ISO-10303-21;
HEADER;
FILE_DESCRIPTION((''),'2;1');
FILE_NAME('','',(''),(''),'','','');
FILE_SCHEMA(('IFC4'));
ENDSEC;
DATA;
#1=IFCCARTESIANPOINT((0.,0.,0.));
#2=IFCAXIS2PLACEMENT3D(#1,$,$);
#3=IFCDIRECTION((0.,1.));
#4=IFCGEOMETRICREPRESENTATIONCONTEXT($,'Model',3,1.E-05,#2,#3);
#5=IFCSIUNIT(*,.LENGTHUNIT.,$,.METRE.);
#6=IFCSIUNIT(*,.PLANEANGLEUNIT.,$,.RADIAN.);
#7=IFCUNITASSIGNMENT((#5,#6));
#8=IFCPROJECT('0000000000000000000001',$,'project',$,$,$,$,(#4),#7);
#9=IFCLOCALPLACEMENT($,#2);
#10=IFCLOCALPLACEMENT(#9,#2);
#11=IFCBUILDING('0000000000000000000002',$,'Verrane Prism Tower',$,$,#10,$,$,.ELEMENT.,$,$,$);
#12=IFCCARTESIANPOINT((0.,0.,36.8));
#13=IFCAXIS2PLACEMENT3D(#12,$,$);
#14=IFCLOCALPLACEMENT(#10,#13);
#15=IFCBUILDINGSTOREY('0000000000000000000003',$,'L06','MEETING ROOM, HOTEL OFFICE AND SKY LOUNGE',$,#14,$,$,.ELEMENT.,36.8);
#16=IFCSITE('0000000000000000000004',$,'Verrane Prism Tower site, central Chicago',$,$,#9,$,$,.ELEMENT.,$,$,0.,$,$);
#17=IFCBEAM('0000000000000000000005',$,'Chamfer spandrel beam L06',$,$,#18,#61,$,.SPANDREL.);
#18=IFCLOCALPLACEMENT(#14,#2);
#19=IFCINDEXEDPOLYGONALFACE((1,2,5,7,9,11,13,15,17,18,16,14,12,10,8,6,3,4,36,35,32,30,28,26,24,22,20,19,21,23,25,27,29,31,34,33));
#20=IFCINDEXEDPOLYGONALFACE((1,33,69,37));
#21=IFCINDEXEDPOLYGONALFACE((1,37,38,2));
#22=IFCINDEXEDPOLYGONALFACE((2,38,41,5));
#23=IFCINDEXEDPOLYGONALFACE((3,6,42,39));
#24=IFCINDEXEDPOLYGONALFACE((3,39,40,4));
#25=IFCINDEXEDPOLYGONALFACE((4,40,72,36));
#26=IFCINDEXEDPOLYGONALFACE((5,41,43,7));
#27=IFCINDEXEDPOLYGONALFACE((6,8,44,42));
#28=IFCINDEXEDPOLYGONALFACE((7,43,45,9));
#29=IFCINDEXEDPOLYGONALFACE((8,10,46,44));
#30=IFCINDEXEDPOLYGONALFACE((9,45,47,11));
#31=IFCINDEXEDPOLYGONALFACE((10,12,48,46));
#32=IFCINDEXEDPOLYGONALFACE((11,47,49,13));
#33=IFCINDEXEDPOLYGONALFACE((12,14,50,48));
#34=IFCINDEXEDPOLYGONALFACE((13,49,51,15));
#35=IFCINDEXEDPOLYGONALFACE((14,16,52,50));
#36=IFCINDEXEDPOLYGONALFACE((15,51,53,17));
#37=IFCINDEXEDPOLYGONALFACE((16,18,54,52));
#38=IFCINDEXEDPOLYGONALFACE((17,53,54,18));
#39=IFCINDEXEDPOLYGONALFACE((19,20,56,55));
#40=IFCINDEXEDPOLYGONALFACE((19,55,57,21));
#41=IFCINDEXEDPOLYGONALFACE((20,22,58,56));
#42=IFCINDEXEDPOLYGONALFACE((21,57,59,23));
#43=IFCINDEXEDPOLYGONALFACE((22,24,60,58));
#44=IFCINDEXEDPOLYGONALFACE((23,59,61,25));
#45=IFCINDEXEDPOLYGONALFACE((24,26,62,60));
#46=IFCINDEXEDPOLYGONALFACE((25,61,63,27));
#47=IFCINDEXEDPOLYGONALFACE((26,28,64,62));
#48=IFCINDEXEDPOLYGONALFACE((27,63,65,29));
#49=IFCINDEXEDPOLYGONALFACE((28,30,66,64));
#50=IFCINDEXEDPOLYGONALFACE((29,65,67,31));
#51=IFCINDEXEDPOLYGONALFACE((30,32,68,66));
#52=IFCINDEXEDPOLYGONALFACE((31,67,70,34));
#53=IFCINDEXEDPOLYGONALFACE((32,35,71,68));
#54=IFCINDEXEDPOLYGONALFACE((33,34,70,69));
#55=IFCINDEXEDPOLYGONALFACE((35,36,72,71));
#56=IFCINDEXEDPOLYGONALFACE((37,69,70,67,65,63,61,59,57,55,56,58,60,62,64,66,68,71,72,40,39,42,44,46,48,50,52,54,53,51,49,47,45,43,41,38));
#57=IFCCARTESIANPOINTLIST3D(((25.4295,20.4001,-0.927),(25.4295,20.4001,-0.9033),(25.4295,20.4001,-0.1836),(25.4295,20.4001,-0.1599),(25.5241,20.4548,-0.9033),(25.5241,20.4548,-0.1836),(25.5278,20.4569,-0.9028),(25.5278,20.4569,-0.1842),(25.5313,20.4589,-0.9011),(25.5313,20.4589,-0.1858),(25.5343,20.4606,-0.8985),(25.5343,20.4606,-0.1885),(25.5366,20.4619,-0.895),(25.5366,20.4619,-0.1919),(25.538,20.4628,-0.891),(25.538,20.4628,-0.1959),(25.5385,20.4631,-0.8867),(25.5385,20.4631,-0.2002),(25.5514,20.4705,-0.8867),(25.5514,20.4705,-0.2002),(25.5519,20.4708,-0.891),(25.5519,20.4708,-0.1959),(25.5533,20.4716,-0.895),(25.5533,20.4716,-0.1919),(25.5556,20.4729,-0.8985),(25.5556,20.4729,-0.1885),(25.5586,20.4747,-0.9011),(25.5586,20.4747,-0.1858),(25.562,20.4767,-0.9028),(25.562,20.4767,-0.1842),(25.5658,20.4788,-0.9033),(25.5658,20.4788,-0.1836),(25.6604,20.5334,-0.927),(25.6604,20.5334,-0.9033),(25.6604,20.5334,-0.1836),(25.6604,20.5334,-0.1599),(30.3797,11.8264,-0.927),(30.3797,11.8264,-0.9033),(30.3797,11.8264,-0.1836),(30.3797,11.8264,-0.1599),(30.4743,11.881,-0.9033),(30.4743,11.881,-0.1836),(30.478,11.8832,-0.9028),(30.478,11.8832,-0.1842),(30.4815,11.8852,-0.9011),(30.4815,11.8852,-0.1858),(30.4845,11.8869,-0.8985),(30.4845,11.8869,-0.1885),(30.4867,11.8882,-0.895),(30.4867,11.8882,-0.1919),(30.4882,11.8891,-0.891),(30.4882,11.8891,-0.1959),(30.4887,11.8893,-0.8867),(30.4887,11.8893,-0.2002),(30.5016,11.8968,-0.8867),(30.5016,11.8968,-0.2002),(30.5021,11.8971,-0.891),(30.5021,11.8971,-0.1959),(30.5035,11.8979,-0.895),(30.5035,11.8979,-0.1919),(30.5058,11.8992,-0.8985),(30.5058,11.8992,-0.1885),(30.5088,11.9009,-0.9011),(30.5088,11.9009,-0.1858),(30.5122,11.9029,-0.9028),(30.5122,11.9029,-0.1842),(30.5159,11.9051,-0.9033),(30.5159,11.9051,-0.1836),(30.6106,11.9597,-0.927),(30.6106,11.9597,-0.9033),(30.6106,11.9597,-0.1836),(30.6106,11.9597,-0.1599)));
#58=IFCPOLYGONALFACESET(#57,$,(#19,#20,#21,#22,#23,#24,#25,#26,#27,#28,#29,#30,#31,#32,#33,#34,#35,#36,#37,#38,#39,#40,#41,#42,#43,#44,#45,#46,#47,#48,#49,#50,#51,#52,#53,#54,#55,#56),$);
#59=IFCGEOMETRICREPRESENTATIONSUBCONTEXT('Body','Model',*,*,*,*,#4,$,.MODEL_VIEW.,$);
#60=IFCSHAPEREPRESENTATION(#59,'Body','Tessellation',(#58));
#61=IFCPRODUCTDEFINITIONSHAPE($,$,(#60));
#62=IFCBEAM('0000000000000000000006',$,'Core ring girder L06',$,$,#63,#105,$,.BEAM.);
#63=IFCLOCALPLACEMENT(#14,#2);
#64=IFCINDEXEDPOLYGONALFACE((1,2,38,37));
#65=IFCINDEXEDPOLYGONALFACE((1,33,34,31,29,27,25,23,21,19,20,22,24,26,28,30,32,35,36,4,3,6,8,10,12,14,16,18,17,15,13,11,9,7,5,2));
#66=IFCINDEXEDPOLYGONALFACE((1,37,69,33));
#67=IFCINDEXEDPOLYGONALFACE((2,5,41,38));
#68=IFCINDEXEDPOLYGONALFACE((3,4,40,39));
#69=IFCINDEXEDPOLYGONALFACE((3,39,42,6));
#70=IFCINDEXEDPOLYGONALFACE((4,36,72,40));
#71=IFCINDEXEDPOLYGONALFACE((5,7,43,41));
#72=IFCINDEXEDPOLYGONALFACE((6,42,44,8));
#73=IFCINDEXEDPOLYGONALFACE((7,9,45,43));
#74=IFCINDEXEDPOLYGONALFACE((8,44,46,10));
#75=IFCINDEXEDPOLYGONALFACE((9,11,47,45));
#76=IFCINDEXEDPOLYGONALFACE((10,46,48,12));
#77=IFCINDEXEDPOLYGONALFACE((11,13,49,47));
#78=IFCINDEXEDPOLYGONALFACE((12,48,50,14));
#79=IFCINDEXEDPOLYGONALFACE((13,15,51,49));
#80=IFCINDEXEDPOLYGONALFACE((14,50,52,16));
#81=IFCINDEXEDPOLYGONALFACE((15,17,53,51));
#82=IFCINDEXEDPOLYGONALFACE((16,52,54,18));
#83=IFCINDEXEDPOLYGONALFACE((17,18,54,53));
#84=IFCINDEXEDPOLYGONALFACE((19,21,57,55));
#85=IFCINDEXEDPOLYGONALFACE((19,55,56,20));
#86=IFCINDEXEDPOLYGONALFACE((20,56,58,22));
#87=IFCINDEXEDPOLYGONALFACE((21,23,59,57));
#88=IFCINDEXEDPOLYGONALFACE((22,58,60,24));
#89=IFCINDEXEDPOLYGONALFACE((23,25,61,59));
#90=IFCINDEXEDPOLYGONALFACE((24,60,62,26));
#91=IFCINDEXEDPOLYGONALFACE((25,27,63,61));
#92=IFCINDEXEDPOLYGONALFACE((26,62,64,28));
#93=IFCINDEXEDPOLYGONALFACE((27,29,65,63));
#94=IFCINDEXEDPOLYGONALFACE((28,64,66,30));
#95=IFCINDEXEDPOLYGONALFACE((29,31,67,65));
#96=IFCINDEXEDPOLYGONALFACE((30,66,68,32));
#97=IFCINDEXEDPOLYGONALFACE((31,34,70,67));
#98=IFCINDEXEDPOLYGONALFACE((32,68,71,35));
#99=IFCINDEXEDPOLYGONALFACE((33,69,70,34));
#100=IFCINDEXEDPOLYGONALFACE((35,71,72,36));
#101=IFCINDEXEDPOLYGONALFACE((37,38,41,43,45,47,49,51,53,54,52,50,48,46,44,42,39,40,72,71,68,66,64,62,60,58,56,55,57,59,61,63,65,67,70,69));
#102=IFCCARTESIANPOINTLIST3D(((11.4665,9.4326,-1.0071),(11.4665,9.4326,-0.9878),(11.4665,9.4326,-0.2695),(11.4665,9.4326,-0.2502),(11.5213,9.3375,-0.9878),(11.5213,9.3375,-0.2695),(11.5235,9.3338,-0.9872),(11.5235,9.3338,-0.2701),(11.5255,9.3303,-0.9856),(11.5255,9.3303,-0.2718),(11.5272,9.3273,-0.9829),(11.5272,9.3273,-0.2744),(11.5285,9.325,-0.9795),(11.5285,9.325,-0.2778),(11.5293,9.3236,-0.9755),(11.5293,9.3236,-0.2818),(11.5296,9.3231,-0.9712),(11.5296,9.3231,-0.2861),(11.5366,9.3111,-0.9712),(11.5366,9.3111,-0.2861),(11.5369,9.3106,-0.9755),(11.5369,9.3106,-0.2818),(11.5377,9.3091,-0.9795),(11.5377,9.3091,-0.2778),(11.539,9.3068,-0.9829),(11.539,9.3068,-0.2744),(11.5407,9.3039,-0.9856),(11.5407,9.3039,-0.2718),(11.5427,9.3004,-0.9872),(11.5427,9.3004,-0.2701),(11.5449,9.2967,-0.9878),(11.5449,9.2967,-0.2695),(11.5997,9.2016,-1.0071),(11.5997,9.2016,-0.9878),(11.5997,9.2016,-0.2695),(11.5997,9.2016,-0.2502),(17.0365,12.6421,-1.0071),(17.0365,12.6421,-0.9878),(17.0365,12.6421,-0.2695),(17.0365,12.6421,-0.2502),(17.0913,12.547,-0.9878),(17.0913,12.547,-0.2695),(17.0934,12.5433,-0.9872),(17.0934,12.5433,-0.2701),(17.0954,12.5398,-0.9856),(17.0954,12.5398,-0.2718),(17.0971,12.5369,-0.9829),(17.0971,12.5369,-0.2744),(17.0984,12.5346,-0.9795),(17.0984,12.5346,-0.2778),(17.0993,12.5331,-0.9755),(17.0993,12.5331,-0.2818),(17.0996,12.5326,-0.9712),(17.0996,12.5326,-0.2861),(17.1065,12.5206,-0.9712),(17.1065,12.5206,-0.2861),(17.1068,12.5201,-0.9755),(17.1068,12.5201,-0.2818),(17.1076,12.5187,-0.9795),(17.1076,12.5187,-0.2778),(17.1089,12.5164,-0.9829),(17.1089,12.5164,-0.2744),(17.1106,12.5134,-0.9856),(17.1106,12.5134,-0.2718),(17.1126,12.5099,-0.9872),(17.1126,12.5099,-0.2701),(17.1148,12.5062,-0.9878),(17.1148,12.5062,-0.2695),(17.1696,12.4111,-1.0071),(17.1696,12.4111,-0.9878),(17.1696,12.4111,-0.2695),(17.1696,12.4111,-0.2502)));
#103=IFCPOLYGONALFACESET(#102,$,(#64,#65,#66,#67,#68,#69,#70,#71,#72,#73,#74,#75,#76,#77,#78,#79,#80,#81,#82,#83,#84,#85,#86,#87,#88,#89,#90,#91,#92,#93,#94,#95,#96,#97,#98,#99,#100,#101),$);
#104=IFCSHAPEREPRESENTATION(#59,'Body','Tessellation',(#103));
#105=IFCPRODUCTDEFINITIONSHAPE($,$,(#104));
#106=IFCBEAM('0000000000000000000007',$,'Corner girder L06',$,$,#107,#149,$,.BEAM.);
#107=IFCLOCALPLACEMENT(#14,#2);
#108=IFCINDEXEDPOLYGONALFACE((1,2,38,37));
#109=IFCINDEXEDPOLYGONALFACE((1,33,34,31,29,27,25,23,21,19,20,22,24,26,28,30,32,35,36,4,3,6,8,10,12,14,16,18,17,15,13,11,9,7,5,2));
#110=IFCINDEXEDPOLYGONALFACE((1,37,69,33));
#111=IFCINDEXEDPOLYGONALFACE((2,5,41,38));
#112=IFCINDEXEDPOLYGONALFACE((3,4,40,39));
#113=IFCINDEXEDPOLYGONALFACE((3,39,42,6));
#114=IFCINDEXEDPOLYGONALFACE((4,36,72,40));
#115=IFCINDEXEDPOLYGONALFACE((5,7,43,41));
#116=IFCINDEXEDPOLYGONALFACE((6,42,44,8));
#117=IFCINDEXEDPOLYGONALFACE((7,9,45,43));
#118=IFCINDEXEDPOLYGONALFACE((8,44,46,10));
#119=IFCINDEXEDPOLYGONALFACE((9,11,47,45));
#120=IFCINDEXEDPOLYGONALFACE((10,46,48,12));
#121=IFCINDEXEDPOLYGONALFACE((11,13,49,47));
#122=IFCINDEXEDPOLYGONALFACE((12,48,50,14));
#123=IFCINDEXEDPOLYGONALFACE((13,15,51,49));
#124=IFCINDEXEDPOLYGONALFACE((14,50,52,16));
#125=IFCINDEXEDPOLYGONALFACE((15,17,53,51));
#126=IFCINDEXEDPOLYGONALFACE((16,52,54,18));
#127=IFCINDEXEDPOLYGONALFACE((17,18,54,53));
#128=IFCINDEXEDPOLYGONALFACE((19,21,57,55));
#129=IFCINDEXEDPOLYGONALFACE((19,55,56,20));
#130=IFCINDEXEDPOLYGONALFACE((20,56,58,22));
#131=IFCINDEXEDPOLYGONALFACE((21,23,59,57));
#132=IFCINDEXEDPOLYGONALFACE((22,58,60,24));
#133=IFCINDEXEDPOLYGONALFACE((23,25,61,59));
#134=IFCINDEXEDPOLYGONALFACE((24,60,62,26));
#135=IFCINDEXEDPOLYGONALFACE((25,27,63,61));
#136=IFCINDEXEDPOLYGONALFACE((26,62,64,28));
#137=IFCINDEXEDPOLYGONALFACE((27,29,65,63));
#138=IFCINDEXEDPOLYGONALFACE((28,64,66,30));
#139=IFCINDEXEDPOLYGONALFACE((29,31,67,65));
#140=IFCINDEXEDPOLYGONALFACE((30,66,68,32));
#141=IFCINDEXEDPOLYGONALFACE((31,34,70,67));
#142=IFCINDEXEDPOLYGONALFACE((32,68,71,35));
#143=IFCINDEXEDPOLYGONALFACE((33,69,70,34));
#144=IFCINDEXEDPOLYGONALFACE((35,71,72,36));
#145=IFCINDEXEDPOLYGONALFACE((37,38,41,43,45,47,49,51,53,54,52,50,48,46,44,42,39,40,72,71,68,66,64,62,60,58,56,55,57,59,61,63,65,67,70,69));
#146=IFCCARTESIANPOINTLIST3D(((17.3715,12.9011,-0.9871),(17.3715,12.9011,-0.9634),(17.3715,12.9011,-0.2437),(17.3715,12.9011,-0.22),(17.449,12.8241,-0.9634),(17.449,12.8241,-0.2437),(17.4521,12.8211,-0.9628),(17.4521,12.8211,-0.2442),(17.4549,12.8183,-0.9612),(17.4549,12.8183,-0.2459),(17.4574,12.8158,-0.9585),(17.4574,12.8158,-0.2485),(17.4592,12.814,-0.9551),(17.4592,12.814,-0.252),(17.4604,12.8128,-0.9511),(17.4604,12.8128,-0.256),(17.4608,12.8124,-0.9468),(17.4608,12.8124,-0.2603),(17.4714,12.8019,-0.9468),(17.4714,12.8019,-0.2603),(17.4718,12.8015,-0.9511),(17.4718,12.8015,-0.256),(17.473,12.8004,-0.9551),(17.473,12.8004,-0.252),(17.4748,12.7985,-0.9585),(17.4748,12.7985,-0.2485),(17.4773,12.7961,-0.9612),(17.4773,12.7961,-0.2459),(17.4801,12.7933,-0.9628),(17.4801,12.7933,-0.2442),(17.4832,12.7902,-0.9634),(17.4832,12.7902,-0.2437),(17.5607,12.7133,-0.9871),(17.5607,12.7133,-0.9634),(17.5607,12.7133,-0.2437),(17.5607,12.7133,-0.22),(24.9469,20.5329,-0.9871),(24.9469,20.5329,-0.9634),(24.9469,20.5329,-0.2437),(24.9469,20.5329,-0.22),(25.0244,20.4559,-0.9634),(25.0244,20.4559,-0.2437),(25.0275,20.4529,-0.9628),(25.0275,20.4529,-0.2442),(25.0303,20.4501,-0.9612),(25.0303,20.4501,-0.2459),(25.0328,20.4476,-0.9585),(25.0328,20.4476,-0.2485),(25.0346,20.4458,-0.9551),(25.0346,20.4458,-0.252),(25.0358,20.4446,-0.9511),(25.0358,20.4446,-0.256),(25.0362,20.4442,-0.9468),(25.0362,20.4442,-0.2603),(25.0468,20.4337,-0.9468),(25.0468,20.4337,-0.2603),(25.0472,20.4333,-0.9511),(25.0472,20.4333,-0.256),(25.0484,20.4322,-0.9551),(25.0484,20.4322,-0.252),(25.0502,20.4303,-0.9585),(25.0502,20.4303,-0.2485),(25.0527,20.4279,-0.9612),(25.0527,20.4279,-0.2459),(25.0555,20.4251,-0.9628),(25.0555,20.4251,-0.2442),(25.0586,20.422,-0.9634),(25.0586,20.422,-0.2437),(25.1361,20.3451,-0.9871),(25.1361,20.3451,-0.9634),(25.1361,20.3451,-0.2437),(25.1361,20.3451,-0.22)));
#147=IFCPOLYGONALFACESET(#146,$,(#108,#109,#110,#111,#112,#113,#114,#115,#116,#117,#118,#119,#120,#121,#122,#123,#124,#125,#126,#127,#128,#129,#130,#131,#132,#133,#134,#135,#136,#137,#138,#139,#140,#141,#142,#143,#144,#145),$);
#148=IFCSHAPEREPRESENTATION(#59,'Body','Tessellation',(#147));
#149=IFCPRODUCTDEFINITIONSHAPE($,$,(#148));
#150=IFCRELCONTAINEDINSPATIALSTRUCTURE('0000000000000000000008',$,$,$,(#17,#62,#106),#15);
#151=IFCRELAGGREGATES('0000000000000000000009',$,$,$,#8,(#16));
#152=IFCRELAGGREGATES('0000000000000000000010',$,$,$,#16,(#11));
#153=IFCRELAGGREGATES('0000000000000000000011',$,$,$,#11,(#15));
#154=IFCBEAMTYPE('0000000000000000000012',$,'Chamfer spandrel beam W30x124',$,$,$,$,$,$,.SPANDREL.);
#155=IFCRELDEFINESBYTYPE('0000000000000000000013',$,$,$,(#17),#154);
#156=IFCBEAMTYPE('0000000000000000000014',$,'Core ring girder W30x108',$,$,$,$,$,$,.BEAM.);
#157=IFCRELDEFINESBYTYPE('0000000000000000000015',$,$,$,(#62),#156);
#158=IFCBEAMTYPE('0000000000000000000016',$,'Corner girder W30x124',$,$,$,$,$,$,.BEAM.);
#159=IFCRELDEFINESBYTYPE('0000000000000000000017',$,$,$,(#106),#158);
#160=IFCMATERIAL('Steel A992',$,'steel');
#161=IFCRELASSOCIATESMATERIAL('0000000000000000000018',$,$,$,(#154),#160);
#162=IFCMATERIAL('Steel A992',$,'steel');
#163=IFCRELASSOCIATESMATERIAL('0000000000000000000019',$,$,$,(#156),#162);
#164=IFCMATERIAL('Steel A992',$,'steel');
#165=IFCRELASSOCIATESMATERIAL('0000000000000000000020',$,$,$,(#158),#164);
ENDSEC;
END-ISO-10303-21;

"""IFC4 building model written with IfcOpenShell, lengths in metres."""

from ifc_helpers import new_model, si_unit, direction, frame, origin, origin_2d, place, context, subcontext, project, spatial, i_section, extrude, material, material_profile, profile_set, type_object, element, save


model = new_model("IFC4")

# Units and contexts
model_context = context("Model", 3, precision=1e-05, world=origin(), true_north=direction((0.0, 1.0)))
body_context = subcontext(model_context, "Body", "Model", "MODEL_VIEW")
ifc_project = project(units=[si_unit("LENGTHUNIT", "METRE"), si_unit("PLANEANGLEUNIT", "RADIAN")], contexts=[model_context])

# Site, building, storey
site_placement = place(None, origin())
site = spatial("IfcSite", under=ifc_project, at=site_placement, Name="Verrane Prism Tower site, central Chicago", CompositionType="ELEMENT", RefElevation=0.0)
building_placement = place(site_placement, origin())
building = spatial("IfcBuilding", under=site, at=building_placement, Name="Verrane Prism Tower", CompositionType="ELEMENT")
storey_placement = place(building_placement, frame((0.0, 0.0, 36.8)))
storey = spatial("IfcBuildingStorey", under=building, at=storey_placement, Name="L06", Description="MEETING ROOM, HOTEL OFFICE AND SKY LOUNGE", CompositionType="ELEMENT", Elevation=36.8)

# Beams
ifc_material_1 = material(Name="Steel A992", Category="steel")
ifc_material_profile_1 = material_profile(ifc_material_1, i_section(OverallWidth=0.2666, OverallDepth=0.7671, WebThickness=0.0149, FlangeThickness=0.0237, FilletRadius=0.0166, at=origin_2d()), Name="W30x124")
ifc_profile_set_1 = profile_set([ifc_material_profile_1], Name="Steel A992")
beam_type_1 = type_object("IfcBeamType", Name="Chamfer spandrel beam W30x124", PredefinedType="SPANDREL", material=ifc_profile_set_1)
beam_1_placement = place(storey_placement, frame((30.4951, 11.8931, -0.5435), z_axis=(-0.500011, 0.866019, 0.0), x_axis=(-0.866019, -0.500011, 0.0)))
element("IfcBeam", 1, at=beam_1_placement, inside=storey, type_object=beam_type_1, Name="Chamfer spandrel beam L06", PredefinedType="SPANDREL", context=body_context, shape_type="SweptSolid", body=[
    extrude(i_section(OverallWidth=0.2666, OverallDepth=0.7671, WebThickness=0.0149, FlangeThickness=0.0237, FilletRadius=0.0166, at=origin_2d()), origin(), (0.0, 0.0, 1.0), 9.9001),
])
ifc_material_2 = material(Name="Steel A992", Category="steel")
ifc_material_profile_2 = material_profile(ifc_material_2, i_section(OverallWidth=0.2666, OverallDepth=0.7568, WebThickness=0.0139, FlangeThickness=0.0193, FilletRadius=0.0166, at=origin_2d()), Name="W30x108")
ifc_profile_set_2 = profile_set([ifc_material_profile_2], Name="Steel A992")
beam_type_2 = type_object("IfcBeamType", Name="Core ring girder W30x108", PredefinedType="BEAM", material=ifc_profile_set_2)
beam_2_placement = place(storey_placement, frame((17.103, 12.5266, -0.6287), z_axis=(-0.866447, -0.499269, 0.0), x_axis=(0.499269, -0.866447, 0.0)))
element("IfcBeam", 2, at=beam_2_placement, inside=storey, type_object=beam_type_2, Name="Core ring girder L06", PredefinedType="BEAM", context=body_context, shape_type="SweptSolid", body=[
    extrude(i_section(OverallWidth=0.2666, OverallDepth=0.7568, WebThickness=0.0139, FlangeThickness=0.0193, FilletRadius=0.0166, at=origin_2d()), origin(), (0.0, 0.0, 1.0), 6.4285),
])
ifc_material_3 = material(Name="Steel A992", Category="steel")
ifc_material_profile_3 = material_profile(ifc_material_3, i_section(OverallWidth=0.2666, OverallDepth=0.7671, WebThickness=0.0149, FlangeThickness=0.0237, FilletRadius=0.0166, at=origin_2d()), Name="W30x124")
ifc_profile_set_3 = profile_set([ifc_material_profile_3], Name="Steel A992")
beam_type_3 = type_object("IfcBeamType", Name="Corner girder W30x124", PredefinedType="BEAM", material=ifc_profile_set_3)
beam_3_placement = place(storey_placement, frame((25.0415, 20.439, -0.6035), z_axis=(-0.70448, -0.709724, 0.0), x_axis=(0.709724, -0.70448, 0.0)))
element("IfcBeam", 3, at=beam_3_placement, inside=storey, type_object=beam_type_3, Name="Corner girder L06", PredefinedType="BEAM", context=body_context, shape_type="SweptSolid", body=[
    extrude(i_section(OverallWidth=0.2666, OverallDepth=0.7671, WebThickness=0.0149, FlangeThickness=0.0237, FilletRadius=0.0166, at=origin_2d()), origin(), (0.0, 0.0, 1.0), 10.7532),
])

save(model, "model.ifc")
